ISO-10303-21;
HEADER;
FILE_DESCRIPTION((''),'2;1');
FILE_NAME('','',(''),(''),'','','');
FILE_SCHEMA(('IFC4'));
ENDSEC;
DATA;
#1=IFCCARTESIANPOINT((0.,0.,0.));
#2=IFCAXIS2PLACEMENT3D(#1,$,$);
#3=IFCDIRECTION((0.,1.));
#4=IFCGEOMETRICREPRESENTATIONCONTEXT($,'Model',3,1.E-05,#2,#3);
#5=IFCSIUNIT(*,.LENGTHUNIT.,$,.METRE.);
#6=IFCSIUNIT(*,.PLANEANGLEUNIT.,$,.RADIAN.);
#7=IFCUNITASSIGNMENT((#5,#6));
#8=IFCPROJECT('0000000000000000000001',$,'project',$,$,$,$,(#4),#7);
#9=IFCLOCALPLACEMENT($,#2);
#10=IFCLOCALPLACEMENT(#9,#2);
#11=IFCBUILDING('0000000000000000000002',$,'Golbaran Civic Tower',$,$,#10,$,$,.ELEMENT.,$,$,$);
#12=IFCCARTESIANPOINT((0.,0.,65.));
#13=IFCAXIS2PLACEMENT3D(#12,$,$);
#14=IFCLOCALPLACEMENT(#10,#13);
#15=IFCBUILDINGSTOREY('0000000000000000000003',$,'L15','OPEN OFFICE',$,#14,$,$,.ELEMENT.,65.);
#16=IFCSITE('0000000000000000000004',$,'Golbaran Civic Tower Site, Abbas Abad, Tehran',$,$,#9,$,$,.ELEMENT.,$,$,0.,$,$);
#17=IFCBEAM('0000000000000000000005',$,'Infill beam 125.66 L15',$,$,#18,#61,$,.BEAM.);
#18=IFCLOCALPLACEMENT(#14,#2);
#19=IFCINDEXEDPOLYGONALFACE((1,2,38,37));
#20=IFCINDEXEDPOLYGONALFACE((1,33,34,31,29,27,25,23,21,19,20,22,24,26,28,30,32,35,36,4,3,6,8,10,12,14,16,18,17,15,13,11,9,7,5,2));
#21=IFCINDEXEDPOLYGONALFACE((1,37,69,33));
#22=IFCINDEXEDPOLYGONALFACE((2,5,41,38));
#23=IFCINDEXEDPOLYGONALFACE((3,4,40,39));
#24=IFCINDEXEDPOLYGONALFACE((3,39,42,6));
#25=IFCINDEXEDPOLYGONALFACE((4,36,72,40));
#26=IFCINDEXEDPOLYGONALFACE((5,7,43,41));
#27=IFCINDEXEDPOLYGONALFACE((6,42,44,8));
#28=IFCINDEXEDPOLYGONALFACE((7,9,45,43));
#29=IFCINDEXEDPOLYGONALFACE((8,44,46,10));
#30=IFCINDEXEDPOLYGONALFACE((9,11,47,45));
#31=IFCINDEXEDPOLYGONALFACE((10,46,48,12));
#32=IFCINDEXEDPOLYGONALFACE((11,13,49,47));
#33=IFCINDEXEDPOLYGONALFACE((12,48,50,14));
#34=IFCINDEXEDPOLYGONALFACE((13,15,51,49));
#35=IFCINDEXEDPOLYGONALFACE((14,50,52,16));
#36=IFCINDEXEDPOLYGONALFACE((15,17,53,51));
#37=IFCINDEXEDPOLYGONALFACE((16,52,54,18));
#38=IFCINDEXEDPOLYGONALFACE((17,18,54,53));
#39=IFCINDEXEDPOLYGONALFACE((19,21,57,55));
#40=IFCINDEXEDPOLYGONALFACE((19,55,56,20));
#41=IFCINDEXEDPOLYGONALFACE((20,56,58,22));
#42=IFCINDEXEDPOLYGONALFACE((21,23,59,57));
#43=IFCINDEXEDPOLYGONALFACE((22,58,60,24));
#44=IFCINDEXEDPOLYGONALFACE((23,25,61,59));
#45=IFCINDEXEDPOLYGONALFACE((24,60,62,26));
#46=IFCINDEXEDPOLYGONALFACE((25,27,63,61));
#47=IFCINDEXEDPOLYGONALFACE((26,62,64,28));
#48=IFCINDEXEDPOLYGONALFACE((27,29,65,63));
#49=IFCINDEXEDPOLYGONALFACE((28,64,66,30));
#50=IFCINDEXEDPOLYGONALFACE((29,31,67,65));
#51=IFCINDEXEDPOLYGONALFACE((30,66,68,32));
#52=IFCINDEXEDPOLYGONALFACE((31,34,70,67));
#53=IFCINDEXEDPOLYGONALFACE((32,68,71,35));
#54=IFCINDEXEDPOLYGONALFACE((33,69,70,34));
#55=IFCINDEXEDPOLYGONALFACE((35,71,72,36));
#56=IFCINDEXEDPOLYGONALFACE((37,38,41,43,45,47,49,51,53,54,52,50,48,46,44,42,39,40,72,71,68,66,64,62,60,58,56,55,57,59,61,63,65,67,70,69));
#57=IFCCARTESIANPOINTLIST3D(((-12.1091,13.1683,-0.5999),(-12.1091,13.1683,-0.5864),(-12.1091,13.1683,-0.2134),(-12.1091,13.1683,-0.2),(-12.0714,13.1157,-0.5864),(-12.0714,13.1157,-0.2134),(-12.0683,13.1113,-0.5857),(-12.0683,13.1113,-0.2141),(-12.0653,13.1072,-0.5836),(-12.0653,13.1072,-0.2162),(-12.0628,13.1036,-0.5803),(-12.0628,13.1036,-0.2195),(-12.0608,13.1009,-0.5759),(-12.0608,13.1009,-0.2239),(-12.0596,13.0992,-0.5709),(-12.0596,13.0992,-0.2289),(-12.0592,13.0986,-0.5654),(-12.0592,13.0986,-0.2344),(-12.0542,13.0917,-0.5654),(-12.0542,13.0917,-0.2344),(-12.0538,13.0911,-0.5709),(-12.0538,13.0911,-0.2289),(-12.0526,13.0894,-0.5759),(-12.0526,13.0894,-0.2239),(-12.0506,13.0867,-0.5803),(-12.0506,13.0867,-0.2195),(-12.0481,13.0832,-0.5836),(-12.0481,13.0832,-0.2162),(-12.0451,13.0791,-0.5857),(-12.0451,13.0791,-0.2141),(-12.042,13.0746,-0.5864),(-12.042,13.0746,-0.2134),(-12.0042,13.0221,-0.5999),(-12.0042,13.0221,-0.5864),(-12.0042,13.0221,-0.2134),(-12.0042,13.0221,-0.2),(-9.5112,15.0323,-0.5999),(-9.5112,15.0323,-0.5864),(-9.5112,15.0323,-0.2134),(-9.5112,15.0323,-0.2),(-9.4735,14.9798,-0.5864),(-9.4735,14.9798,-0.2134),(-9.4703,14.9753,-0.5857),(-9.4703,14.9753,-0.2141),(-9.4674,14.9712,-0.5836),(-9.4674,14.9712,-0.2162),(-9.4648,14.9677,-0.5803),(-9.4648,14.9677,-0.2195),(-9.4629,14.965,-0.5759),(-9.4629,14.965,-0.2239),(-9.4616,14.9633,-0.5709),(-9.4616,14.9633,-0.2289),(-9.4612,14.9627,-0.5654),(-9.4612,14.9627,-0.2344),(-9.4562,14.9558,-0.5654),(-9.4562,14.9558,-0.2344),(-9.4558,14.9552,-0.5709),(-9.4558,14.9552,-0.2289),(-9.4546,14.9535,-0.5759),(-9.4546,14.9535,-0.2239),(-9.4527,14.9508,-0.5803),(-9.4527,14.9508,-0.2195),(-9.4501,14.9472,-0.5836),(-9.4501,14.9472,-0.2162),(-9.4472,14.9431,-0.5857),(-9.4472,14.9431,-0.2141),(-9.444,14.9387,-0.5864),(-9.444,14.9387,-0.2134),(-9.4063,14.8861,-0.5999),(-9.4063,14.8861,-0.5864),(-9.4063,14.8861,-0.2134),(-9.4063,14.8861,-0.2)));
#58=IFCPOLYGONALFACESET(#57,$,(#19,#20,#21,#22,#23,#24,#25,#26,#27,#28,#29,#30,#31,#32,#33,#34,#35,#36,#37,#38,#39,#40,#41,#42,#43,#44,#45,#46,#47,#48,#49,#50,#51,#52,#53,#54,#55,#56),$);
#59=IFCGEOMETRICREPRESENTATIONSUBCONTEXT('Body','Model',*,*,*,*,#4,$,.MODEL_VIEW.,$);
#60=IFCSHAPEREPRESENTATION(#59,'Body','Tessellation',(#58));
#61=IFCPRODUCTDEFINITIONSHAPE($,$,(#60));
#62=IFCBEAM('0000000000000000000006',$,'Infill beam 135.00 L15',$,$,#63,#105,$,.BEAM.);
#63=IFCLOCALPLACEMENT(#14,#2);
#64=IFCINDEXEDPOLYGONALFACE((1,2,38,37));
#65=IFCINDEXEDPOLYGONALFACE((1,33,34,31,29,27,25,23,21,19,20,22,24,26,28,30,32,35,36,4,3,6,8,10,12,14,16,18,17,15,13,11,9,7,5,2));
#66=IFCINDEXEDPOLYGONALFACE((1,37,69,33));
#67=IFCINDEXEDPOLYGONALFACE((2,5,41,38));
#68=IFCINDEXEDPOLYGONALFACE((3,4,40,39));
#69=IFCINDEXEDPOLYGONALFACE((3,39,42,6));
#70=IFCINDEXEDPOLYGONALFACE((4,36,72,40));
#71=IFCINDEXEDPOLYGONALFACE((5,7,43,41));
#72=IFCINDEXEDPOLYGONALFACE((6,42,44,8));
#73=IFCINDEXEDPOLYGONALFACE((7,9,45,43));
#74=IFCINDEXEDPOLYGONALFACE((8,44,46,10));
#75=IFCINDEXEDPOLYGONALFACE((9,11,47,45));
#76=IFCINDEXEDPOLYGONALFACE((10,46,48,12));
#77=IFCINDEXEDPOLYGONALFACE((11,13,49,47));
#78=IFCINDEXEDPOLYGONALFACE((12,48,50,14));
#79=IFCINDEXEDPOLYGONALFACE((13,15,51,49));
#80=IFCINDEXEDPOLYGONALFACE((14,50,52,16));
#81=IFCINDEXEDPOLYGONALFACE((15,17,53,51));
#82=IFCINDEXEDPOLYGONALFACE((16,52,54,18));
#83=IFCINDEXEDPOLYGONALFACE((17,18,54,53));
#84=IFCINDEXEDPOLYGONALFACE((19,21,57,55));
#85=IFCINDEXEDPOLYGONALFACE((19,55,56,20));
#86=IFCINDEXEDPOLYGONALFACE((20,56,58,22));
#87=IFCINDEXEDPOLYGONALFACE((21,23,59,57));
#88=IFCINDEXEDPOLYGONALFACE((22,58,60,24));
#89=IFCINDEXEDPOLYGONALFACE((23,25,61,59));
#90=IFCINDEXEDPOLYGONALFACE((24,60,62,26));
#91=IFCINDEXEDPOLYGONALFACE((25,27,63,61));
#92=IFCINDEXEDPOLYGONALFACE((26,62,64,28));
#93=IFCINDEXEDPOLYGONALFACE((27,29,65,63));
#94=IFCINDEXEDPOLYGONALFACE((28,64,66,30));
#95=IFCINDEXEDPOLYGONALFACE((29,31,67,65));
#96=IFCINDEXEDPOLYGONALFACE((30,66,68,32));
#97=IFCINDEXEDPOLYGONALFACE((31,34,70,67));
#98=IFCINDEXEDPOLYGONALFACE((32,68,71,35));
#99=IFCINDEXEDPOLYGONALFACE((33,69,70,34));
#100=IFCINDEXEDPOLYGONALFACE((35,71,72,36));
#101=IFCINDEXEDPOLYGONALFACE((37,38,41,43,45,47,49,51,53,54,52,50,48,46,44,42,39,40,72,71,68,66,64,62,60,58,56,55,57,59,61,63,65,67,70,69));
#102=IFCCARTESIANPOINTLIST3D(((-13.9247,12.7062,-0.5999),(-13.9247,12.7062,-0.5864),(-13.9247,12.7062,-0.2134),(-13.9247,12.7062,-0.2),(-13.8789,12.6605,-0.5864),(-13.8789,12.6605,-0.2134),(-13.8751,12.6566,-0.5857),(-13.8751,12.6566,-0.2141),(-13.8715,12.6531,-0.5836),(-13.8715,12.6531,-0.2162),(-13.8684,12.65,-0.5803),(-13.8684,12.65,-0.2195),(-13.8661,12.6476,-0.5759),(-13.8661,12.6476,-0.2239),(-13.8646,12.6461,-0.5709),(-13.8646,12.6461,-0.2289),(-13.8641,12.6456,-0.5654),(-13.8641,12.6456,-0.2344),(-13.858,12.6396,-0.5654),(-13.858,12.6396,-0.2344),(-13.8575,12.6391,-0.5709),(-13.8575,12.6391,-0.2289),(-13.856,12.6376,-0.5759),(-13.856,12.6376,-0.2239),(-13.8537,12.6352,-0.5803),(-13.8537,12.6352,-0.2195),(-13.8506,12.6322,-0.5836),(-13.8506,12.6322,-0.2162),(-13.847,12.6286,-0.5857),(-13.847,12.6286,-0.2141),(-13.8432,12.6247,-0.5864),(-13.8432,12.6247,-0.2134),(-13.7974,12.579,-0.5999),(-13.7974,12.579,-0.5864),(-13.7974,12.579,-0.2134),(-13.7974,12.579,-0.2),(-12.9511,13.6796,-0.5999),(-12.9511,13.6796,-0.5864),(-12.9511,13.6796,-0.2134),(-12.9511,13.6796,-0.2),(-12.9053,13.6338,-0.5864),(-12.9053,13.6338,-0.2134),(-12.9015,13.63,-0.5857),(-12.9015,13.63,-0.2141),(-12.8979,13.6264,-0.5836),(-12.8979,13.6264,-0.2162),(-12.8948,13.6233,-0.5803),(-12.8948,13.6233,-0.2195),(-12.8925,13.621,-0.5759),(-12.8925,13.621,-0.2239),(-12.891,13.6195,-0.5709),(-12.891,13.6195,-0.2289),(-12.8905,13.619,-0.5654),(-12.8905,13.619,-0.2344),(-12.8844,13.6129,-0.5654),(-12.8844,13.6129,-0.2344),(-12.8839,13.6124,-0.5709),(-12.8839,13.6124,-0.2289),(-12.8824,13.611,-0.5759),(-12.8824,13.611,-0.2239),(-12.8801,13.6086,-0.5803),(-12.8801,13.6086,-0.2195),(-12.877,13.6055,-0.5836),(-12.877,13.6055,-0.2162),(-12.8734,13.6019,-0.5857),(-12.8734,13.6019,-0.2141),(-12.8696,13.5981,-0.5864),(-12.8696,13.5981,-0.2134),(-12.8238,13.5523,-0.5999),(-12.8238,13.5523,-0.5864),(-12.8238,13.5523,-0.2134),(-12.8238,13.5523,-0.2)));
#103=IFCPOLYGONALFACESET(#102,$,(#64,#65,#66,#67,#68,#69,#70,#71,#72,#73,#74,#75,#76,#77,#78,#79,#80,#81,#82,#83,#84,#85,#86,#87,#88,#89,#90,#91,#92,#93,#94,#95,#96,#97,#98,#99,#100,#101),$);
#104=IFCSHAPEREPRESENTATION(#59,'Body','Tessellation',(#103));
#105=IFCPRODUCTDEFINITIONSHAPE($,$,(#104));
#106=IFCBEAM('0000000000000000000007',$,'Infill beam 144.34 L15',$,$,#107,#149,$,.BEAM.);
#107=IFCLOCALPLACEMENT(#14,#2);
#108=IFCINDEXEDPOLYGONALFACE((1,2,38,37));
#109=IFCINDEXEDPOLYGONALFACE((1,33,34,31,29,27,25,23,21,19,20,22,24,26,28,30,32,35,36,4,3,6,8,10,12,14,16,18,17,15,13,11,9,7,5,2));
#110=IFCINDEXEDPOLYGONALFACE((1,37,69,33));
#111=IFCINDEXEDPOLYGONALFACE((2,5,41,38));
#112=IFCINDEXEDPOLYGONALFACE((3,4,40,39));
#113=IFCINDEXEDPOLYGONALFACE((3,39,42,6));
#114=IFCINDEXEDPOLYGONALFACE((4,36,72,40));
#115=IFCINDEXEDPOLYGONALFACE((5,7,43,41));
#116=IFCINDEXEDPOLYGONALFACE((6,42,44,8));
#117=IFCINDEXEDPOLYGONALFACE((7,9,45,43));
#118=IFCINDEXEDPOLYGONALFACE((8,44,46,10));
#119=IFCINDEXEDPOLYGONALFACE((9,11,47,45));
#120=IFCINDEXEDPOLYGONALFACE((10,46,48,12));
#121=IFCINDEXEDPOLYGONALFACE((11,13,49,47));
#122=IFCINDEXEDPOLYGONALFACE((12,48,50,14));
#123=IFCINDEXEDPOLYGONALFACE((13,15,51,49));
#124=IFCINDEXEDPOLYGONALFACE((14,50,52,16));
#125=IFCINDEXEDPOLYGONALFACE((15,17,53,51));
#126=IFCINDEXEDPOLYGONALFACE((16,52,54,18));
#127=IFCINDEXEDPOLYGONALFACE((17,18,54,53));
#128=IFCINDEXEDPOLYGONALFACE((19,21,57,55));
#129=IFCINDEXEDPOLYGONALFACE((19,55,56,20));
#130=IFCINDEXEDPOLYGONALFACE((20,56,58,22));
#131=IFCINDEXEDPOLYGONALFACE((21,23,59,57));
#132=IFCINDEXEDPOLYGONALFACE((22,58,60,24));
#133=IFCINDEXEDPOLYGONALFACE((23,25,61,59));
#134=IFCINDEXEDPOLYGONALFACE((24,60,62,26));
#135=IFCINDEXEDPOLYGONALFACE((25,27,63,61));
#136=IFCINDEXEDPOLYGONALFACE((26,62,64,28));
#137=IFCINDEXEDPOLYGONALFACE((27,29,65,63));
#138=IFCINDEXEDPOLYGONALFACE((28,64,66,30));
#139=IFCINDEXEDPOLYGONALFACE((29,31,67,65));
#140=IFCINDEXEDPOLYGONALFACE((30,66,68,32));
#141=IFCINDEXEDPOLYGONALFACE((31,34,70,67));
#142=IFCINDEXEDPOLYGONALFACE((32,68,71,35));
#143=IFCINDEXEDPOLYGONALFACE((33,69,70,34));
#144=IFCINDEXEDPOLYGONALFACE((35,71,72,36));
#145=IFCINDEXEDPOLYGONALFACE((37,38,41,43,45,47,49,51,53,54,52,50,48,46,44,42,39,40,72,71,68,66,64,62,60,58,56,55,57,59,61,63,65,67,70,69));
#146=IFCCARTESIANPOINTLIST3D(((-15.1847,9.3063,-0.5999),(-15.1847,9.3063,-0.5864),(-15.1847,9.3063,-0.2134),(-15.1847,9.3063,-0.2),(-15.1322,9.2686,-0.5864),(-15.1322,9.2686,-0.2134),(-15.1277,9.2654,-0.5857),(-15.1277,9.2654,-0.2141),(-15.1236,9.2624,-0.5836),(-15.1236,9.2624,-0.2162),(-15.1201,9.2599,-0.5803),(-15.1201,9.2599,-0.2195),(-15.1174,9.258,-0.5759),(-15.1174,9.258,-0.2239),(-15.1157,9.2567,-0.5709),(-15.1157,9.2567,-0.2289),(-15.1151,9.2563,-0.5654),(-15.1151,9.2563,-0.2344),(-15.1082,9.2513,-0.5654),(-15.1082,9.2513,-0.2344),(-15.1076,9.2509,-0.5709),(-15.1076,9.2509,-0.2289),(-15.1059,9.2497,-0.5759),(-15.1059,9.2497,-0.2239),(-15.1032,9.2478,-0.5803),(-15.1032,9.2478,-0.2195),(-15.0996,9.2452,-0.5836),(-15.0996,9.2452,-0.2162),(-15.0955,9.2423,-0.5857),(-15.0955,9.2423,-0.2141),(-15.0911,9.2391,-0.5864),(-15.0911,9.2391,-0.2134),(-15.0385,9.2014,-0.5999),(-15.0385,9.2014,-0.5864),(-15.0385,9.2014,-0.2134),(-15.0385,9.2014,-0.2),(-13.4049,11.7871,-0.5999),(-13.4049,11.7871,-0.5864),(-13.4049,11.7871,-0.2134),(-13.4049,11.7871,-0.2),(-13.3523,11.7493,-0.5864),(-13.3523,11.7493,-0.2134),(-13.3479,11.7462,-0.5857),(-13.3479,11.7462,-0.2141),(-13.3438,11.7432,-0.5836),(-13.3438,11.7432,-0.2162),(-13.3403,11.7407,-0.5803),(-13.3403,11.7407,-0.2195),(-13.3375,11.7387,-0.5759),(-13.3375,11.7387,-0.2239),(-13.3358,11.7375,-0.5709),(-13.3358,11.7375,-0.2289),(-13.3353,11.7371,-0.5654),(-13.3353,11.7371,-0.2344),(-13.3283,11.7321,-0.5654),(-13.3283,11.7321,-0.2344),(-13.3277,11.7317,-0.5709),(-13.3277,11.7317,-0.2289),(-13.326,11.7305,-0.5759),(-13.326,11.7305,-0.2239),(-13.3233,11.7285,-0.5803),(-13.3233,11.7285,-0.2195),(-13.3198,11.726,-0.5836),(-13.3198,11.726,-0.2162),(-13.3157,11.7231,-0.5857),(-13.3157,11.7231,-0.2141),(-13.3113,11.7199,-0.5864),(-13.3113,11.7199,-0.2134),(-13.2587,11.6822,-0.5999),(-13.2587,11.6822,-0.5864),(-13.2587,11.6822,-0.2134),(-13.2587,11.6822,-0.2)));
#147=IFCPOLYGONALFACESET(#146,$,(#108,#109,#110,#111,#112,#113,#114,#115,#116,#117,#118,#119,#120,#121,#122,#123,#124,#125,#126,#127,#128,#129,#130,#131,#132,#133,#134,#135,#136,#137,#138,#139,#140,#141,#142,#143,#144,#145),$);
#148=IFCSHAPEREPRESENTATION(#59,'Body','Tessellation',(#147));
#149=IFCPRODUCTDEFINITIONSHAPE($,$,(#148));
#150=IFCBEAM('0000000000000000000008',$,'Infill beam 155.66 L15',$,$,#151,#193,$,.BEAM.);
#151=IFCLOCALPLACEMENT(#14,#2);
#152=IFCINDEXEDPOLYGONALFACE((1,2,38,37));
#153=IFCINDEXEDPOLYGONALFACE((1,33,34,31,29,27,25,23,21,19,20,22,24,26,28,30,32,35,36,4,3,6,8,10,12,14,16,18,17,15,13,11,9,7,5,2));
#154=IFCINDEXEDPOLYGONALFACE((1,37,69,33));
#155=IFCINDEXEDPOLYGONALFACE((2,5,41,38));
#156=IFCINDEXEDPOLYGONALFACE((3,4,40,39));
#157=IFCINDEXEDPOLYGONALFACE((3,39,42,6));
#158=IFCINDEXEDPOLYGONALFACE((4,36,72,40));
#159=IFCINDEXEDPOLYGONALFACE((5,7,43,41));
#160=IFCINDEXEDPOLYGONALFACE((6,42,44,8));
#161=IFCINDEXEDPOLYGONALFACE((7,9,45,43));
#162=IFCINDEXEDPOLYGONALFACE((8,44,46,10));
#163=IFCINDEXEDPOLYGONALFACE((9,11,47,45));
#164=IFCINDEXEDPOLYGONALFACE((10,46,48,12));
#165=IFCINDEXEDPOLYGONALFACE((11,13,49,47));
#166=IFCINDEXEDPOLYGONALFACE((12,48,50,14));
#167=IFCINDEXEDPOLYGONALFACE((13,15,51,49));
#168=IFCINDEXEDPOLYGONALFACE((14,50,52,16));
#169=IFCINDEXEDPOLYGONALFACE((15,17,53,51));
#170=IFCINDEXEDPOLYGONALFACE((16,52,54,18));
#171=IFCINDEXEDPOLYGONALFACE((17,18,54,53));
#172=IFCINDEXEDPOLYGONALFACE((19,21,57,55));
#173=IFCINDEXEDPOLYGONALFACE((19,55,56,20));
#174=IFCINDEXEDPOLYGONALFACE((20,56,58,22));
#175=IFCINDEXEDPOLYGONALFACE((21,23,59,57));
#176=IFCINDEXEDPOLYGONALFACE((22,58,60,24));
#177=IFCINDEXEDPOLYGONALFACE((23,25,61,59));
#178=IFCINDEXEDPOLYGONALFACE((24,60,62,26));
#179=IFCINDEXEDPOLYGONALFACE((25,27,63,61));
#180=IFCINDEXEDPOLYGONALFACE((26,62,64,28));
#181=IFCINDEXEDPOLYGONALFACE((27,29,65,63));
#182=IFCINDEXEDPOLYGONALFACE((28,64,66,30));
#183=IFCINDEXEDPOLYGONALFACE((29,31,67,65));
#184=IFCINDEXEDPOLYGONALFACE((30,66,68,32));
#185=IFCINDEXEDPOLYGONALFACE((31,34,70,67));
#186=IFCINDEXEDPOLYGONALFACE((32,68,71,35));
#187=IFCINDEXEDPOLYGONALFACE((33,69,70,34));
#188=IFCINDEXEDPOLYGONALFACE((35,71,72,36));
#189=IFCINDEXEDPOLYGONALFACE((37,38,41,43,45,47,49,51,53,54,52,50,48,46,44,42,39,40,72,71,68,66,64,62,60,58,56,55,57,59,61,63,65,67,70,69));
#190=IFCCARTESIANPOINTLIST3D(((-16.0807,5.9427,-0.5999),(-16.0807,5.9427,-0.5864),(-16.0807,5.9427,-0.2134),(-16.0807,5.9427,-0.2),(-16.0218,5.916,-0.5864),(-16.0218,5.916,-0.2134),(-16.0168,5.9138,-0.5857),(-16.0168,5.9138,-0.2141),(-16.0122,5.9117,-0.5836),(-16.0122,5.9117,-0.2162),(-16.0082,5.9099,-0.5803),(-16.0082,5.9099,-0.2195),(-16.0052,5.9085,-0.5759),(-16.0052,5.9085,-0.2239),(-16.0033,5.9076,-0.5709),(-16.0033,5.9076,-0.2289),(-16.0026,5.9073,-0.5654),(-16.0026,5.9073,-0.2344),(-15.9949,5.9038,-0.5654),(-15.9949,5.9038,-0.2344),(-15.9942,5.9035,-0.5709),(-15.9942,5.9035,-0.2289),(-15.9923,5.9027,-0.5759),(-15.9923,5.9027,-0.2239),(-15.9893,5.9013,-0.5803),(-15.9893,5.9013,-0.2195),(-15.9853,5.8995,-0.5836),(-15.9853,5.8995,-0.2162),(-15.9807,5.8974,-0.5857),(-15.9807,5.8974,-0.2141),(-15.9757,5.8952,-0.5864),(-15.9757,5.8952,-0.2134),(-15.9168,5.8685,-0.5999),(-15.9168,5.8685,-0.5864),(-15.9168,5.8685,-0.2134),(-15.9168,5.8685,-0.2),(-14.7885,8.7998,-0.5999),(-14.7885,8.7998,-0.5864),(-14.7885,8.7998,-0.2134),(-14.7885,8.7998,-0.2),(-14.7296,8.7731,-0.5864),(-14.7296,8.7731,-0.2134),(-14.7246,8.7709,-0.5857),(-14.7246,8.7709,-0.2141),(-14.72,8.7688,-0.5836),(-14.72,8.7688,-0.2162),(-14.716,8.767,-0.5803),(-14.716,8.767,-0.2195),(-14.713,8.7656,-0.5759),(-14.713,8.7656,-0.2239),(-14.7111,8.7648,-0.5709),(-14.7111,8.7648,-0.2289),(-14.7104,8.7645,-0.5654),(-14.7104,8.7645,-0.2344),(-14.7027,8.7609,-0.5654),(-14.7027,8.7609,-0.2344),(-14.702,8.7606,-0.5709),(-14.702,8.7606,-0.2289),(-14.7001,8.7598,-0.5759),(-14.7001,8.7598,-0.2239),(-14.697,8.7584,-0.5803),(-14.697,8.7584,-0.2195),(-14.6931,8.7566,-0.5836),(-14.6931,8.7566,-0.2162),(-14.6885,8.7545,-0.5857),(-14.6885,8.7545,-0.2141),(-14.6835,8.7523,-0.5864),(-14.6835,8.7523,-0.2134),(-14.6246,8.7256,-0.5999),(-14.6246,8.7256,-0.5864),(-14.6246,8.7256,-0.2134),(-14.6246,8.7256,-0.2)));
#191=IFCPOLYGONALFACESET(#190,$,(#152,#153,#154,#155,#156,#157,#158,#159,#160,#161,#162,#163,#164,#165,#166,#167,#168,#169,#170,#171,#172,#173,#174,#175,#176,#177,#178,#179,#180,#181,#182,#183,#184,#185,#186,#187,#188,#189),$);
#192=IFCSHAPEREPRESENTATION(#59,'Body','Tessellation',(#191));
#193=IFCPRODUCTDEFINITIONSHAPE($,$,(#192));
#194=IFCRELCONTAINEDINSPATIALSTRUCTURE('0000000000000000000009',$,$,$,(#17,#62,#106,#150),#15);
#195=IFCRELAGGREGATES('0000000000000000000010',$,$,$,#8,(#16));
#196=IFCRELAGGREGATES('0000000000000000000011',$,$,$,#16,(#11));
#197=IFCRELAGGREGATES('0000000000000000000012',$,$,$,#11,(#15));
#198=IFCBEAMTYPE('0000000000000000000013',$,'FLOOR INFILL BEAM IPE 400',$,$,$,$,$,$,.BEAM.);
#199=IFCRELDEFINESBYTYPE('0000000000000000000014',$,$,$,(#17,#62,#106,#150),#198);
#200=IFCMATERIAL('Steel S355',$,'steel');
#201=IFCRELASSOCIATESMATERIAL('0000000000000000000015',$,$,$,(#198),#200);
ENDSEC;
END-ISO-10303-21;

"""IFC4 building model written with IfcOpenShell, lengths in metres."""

from ifc_helpers import new_model, si_unit, direction, frame, origin, origin_2d, place, context, subcontext, project, spatial, i_section, extrude, material, material_profile, profile_set, type_object, element, save


model = new_model("IFC4")

# Units and contexts
model_context = context("Model", 3, precision=1e-05, world=origin(), true_north=direction((0.0, 1.0)))
body_context = subcontext(model_context, "Body", "Model", "MODEL_VIEW")
ifc_project = project(units=[si_unit("LENGTHUNIT", "METRE"), si_unit("PLANEANGLEUNIT", "RADIAN")], contexts=[model_context])

# Site, building, storey
site_placement = place(None, origin())
site = spatial("IfcSite", under=ifc_project, at=site_placement, Name="Golbaran Civic Tower Site, Abbas Abad, Tehran", CompositionType="ELEMENT", RefElevation=0.0)
building_placement = place(site_placement, origin())
building = spatial("IfcBuilding", under=site, at=building_placement, Name="Golbaran Civic Tower", CompositionType="ELEMENT")
storey_placement = place(building_placement, frame((0.0, 0.0, 65.0)))
storey = spatial("IfcBuildingStorey", under=building, at=storey_placement, Name="L15", Description="OPEN OFFICE", CompositionType="ELEMENT", Elevation=65.0)

# Beams
ifc_material_1 = material(Name="Steel S355", Category="steel")
ifc_material_profile_1 = material_profile(ifc_material_1, i_section(OverallWidth=0.1799, OverallDepth=0.3999, WebThickness=0.0085, FlangeThickness=0.0134, FilletRadius=0.021, at=origin_2d()), Name="IPE 400")
ifc_profile_set_1 = profile_set([ifc_material_profile_1], Name="Steel S355")
beam_type_1 = type_object("IfcBeamType", Name="FLOOR INFILL BEAM IPE 400", PredefinedType="BEAM", material=ifc_profile_set_1)
beam_1_placement = place(storey_placement, frame((-9.4587, 14.9592, -0.3999), z_axis=(-0.812493, -0.58297, 0.0), x_axis=(0.58297, -0.812493, 0.0)))
element("IfcBeam", 1, at=beam_1_placement, inside=storey, type_object=beam_type_1, Name="Infill beam 125.66 L15", PredefinedType="BEAM", context=body_context, shape_type="SweptSolid", body=[
    extrude(i_section(OverallWidth=0.1799, OverallDepth=0.3999, WebThickness=0.0085, FlangeThickness=0.0134, FilletRadius=0.021, at=origin_2d()), origin(), (0.0, 0.0, 1.0), 3.1975),
])
beam_2_placement = place(storey_placement, frame((-12.8875, 13.616, -0.3999), z_axis=(-0.707195, -0.707018, 0.0), x_axis=(0.707018, -0.707195, 0.0)))
element("IfcBeam", 2, at=beam_2_placement, inside=storey, type_object=beam_type_1, Name="Infill beam 135.00 L15", PredefinedType="BEAM", context=body_context, shape_type="SweptSolid", body=[
    extrude(i_section(OverallWidth=0.1799, OverallDepth=0.3999, WebThickness=0.0085, FlangeThickness=0.0134, FilletRadius=0.021, at=origin_2d()), origin(), (0.0, 0.0, 1.0), 1.3767),
])
beam_3_placement = place(storey_placement, frame((-13.3318, 11.7346, -0.3999), z_axis=(-0.582939, -0.812516, 0.0), x_axis=(0.812516, -0.582939, 0.0)))
element("IfcBeam", 3, at=beam_3_placement, inside=storey, type_object=beam_type_1, Name="Infill beam 144.34 L15", PredefinedType="BEAM", context=body_context, shape_type="SweptSolid", body=[
    extrude(i_section(OverallWidth=0.1799, OverallDepth=0.3999, WebThickness=0.0085, FlangeThickness=0.0134, FilletRadius=0.021, at=origin_2d()), origin(), (0.0, 0.0, 1.0), 3.0532),
])
beam_4_placement = place(storey_placement, frame((-14.7065, 8.7627, -0.3999), z_axis=(-0.412089, -0.911143, 0.0), x_axis=(0.911143, -0.412089, 0.0)))
element("IfcBeam", 4, at=beam_4_placement, inside=storey, type_object=beam_type_1, Name="Infill beam 155.66 L15", PredefinedType="BEAM", context=body_context, shape_type="SweptSolid", body=[
    extrude(i_section(OverallWidth=0.1799, OverallDepth=0.3999, WebThickness=0.0085, FlangeThickness=0.0134, FilletRadius=0.021, at=origin_2d()), origin(), (0.0, 0.0, 1.0), 3.1357),
])

save(model, "model.ifc")
